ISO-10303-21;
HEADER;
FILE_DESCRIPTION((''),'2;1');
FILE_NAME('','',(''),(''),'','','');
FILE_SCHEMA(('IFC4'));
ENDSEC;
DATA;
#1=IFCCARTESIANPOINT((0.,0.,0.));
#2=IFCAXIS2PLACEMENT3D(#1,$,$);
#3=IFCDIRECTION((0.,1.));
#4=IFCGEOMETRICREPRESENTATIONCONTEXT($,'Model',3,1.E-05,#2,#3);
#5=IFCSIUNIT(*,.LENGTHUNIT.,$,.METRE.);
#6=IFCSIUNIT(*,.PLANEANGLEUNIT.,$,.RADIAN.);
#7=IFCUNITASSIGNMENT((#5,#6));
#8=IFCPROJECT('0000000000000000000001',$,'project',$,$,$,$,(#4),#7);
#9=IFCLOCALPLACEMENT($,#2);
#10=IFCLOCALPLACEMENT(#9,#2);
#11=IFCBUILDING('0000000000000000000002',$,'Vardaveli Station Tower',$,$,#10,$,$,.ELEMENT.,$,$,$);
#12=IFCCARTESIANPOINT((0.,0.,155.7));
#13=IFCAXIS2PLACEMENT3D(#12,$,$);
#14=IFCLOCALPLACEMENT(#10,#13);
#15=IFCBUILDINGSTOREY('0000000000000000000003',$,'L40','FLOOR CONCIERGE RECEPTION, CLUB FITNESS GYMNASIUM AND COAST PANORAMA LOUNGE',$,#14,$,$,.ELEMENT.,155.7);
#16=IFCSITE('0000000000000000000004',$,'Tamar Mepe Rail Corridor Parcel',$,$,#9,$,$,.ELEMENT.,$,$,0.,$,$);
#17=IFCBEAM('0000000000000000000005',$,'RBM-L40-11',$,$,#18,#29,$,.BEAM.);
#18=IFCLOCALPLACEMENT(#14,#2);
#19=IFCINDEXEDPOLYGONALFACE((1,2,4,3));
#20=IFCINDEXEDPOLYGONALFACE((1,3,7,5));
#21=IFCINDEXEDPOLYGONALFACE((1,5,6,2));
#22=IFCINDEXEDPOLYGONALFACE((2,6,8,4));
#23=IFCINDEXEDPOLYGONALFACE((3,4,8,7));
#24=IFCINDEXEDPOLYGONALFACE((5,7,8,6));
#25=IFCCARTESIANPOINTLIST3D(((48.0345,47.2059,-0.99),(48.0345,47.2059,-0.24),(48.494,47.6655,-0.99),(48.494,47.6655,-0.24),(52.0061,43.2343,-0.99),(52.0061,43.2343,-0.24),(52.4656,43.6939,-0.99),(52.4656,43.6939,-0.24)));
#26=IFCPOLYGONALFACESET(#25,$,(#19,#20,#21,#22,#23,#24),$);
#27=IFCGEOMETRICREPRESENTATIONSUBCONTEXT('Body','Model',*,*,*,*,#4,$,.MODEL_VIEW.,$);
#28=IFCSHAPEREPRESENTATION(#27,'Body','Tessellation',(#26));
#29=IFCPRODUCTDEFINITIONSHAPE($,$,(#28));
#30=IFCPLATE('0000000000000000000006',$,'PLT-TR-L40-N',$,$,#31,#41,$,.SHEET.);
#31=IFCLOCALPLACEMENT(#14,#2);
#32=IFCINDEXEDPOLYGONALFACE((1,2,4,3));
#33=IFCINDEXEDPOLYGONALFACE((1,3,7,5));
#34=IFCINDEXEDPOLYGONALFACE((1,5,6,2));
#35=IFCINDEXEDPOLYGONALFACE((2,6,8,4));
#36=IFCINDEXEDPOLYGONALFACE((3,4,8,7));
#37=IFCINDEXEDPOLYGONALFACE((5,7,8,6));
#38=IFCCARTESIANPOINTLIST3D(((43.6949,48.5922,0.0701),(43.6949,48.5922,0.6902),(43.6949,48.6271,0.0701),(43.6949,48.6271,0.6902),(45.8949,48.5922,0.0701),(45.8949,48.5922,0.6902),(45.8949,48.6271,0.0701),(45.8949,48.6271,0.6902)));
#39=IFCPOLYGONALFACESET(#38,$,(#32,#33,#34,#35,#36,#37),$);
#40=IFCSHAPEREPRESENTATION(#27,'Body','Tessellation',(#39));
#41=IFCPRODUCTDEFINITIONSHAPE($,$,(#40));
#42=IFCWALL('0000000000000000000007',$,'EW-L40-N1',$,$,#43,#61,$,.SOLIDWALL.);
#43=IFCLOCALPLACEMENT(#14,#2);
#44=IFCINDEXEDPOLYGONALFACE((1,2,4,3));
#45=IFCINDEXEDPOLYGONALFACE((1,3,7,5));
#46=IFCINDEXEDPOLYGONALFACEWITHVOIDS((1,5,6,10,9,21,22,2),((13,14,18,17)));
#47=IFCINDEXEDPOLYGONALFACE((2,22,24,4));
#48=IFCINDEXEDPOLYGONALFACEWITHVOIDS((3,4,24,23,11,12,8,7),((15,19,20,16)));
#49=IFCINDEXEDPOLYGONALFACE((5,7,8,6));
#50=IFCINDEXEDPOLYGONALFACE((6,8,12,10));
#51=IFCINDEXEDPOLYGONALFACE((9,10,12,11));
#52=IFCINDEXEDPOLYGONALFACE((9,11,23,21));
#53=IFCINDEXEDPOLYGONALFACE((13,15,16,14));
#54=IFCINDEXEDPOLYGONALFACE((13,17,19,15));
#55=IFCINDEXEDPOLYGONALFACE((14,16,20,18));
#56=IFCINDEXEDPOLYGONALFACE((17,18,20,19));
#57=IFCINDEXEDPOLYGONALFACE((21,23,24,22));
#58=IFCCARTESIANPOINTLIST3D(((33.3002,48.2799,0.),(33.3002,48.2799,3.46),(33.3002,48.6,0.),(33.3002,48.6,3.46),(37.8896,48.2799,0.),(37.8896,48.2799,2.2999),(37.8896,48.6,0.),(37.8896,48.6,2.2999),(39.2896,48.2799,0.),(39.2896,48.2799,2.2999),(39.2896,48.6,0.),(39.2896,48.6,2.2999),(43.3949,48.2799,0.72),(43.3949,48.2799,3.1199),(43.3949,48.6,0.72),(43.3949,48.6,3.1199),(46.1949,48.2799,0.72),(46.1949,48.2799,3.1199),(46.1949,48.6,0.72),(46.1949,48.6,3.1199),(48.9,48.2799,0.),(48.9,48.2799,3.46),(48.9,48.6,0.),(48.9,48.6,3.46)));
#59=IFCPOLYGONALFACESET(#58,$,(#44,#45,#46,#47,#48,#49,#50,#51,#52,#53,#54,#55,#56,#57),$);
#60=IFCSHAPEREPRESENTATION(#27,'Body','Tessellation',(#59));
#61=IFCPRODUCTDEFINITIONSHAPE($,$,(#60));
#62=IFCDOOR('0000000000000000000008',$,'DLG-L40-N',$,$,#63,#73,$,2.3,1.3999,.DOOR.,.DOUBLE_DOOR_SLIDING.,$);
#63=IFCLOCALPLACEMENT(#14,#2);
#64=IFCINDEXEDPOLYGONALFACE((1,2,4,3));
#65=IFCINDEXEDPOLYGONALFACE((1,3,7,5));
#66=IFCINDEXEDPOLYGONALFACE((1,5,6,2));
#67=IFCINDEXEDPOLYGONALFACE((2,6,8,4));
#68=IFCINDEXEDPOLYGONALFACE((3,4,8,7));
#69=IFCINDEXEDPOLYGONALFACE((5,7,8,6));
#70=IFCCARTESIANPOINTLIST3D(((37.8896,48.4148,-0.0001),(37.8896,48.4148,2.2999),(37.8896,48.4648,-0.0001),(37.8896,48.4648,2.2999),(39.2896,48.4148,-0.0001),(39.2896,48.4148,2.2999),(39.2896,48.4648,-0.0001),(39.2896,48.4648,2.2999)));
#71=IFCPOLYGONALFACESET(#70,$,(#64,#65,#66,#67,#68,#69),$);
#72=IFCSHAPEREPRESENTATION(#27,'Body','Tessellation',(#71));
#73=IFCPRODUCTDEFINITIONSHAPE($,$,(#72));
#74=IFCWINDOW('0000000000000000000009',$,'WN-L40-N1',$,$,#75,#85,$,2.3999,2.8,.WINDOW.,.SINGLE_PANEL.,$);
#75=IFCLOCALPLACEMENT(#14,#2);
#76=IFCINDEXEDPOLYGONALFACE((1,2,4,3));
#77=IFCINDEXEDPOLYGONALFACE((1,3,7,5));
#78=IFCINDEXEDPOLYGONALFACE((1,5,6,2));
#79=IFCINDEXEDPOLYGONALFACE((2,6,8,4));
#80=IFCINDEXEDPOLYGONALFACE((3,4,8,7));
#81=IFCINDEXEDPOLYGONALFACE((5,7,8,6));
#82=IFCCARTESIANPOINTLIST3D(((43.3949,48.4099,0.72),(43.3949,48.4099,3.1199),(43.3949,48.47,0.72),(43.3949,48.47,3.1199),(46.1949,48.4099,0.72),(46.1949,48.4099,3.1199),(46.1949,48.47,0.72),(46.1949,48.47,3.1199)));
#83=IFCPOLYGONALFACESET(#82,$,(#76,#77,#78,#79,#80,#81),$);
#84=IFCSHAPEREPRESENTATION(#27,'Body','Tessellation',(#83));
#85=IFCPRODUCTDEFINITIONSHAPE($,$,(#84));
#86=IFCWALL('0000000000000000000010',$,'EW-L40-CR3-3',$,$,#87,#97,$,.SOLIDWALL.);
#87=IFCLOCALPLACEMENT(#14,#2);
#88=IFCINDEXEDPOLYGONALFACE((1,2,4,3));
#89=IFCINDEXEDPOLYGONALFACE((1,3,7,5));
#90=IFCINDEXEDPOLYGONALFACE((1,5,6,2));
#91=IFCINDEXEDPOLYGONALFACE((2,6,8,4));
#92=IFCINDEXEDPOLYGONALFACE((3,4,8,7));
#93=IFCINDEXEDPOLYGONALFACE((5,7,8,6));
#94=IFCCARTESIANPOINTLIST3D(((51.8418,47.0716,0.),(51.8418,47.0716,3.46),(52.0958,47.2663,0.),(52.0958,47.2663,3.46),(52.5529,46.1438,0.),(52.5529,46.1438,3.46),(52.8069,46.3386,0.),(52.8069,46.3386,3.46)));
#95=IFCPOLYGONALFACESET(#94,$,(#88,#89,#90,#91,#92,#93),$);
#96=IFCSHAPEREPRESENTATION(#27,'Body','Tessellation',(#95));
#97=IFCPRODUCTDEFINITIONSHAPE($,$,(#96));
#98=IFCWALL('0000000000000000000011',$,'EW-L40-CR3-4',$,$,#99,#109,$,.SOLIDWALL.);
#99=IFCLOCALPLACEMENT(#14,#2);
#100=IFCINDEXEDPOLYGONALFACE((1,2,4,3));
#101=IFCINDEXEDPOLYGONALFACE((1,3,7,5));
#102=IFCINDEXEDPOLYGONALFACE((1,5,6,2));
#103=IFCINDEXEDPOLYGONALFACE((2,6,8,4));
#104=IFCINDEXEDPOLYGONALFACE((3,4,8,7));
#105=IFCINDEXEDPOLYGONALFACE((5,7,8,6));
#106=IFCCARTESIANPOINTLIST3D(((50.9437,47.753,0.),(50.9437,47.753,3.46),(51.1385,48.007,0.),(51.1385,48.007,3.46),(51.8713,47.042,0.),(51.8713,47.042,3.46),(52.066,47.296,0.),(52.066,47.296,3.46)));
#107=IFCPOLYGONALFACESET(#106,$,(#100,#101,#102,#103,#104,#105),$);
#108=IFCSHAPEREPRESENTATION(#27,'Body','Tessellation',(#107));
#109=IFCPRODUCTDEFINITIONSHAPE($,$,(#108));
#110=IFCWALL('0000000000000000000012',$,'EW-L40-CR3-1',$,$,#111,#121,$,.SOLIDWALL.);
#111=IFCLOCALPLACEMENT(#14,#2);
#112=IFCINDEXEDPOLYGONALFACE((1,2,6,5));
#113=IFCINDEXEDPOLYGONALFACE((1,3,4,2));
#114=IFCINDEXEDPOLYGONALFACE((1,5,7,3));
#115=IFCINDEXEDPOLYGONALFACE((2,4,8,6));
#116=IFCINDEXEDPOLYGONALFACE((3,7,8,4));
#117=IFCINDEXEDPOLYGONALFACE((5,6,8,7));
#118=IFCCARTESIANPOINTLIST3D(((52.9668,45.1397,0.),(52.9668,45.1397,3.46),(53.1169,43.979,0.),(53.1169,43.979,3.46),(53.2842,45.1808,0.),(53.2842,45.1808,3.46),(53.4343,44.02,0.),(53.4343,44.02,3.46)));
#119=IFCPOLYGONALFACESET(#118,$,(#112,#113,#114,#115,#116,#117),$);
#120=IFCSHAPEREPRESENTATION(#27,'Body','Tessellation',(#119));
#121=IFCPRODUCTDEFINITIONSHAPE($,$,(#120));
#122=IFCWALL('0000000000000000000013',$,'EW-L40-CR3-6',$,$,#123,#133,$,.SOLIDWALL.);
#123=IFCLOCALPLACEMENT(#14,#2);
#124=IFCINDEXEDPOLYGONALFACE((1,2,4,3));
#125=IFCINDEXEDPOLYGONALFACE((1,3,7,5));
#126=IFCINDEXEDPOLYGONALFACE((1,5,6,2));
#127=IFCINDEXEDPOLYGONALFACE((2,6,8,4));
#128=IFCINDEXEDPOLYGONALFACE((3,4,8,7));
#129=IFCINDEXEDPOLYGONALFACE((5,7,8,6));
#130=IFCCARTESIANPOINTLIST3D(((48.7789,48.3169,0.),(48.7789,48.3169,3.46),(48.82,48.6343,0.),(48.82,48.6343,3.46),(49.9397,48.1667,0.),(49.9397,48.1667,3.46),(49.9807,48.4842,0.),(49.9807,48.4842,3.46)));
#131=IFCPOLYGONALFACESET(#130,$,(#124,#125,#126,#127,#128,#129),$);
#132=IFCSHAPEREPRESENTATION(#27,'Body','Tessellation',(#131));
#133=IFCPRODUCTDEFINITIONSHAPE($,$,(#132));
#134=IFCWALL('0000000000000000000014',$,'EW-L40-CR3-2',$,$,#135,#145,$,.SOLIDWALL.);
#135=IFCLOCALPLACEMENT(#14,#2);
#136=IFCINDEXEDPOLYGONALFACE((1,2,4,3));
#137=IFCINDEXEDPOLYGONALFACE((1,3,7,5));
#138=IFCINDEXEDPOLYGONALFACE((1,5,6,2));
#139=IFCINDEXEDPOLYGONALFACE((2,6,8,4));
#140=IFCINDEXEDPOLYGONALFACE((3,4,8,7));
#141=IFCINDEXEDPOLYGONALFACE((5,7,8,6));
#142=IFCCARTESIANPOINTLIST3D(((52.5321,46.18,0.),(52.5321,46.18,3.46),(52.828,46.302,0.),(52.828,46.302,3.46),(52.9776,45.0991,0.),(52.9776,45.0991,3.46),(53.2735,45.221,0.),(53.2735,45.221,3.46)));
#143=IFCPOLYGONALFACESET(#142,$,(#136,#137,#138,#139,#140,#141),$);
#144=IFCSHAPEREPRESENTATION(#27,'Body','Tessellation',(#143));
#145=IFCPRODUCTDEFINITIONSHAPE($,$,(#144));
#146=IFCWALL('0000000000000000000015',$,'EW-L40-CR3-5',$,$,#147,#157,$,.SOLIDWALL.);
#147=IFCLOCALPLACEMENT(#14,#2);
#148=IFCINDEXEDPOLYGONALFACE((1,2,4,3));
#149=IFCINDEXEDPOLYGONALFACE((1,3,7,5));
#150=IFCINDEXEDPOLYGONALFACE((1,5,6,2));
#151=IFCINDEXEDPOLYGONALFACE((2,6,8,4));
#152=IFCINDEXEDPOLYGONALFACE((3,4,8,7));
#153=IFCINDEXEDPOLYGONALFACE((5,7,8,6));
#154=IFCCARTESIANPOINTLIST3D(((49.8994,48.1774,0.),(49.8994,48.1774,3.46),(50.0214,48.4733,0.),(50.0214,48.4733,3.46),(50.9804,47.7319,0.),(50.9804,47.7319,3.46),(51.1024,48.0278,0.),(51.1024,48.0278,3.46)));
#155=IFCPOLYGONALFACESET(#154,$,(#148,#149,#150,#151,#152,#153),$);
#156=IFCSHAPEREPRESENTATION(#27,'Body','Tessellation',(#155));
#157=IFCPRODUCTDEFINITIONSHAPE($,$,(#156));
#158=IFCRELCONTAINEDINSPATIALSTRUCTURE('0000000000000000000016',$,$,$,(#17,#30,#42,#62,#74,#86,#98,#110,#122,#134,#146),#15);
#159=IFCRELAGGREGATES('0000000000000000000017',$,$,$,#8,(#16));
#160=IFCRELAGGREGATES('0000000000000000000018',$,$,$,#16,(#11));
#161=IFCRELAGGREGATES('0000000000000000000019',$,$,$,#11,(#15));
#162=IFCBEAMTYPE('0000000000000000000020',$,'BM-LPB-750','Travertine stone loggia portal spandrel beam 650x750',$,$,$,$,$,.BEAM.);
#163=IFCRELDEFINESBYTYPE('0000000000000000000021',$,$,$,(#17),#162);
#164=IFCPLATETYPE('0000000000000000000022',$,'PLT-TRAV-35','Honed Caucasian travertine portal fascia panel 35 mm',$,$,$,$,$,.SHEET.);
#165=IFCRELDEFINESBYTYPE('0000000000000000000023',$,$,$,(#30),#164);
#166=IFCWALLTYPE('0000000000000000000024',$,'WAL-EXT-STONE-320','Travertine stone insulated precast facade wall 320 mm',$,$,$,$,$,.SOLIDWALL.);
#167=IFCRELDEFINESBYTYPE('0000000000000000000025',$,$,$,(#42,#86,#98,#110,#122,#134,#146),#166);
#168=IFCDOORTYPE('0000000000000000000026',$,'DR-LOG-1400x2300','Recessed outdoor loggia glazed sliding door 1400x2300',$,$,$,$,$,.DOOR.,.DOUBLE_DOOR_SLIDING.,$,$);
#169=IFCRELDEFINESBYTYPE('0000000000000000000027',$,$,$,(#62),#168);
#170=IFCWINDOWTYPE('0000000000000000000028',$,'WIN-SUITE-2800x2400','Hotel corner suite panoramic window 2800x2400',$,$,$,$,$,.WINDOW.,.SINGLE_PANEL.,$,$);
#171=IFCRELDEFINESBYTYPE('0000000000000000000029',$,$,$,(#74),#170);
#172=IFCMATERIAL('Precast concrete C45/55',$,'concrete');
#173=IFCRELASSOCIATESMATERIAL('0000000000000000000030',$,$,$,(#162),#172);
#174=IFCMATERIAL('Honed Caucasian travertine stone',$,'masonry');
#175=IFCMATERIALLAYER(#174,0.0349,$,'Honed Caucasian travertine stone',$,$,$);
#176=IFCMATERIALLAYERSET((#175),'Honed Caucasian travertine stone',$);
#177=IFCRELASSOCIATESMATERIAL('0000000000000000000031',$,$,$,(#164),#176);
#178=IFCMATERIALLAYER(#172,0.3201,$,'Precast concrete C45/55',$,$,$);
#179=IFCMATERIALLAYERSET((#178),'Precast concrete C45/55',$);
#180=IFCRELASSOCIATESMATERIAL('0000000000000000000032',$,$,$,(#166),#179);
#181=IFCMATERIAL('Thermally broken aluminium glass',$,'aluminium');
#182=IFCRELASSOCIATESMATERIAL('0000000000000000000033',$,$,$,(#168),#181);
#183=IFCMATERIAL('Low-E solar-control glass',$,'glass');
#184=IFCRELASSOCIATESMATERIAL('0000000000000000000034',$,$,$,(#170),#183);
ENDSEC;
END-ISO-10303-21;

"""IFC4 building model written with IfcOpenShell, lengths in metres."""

from ifc_helpers import new_model, si_unit, direction, frame, frame_2d, origin, origin_2d, place, context, subcontext, project, spatial, rectangle, extrude, source, transform, mapped, material, layer, layer_set, material_profile, profile_set, type_object, element, fill, save


model = new_model("IFC4")

# Units and contexts
model_context = context("Model", 3, precision=1e-05, world=origin(), true_north=direction((0.0, 1.0)))
body_context = subcontext(model_context, "Body", "Model", "MODEL_VIEW")
ifc_project = project(units=[si_unit("LENGTHUNIT", "METRE"), si_unit("PLANEANGLEUNIT", "RADIAN")], contexts=[model_context])

# Site, building, storey
site_placement = place(None, origin())
site = spatial("IfcSite", under=ifc_project, at=site_placement, Name="Tamar Mepe Rail Corridor Parcel", CompositionType="ELEMENT", RefElevation=0.0)
building_placement = place(site_placement, origin())
building = spatial("IfcBuilding", under=site, at=building_placement, Name="Vardaveli Station Tower", CompositionType="ELEMENT")
storey_placement = place(building_placement, frame((0.0, 0.0, 155.7)))
storey = spatial("IfcBuildingStorey", under=building, at=storey_placement, Name="L40", Description="FLOOR CONCIERGE RECEPTION, CLUB FITNESS GYMNASIUM AND COAST PANORAMA LOUNGE", CompositionType="ELEMENT", Elevation=155.7)

# Beam
ifc_material_1 = material(Name="Precast concrete C45/55", Category="concrete")
ifc_material_profile_1 = material_profile(ifc_material_1, rectangle(XDim=0.6499, YDim=0.75, at=origin_2d()), Name="LPB 650x750")
ifc_profile_set_1 = profile_set([ifc_material_profile_1], Name="Precast concrete C45/55")
beam_type = type_object("IfcBeamType", Name="BM-LPB-750", Description="Travertine stone loggia portal spandrel beam 650x750", PredefinedType="BEAM", material=ifc_profile_set_1)
shared_shape_1 = source(origin(), body_context, "Body", "SweptSolid", [
    extrude(rectangle(XDim=0.6499, YDim=0.75, at=origin_2d()), origin(), (0.0, 0.0, 1.0), 5.6167),
])
beam_placement = place(storey_placement, frame((52.2358, 43.4641, -0.615), z_axis=(-0.707107, 0.707107, 0.0), x_axis=(-0.707107, -0.707107, 0.0)))
element("IfcBeam", 1, at=beam_placement, inside=storey, type_object=beam_type, Name="RBM-L40-11", PredefinedType="BEAM", context=body_context, shape_type="MappedRepresentation", body=[
    mapped(shared_shape_1, transform((0.0, 0.0, 0.0), scale=1.0)),
])

# Plate
ifc_material_2 = material(Name="Honed Caucasian travertine stone", Category="masonry")
ifc_layer_1 = layer(ifc_material_2, 0.0349, Name="Honed Caucasian travertine stone")
ifc_layer_set_1 = layer_set([ifc_layer_1], Name="Honed Caucasian travertine stone")
plate_type = type_object("IfcPlateType", Name="PLT-TRAV-35", Description="Honed Caucasian travertine portal fascia panel 35 mm", PredefinedType="SHEET", material=ifc_layer_set_1)
shared_shape_2 = source(origin(), body_context, "Body", "SweptSolid", [
    extrude(rectangle(XDim=2.2, YDim=0.0349, at=origin_2d()), origin(), (0.0, 0.0, 1.0), 0.6201),
])
plate_placement = place(storey_placement, frame((44.7949, 48.6096, 0.0701), z_axis=(0.0, 0.0, 1.0), x_axis=(1.0, 0.0, 0.0)))
element("IfcPlate", 2, at=plate_placement, inside=storey, type_object=plate_type, Name="PLT-TR-L40-N", PredefinedType="SHEET", context=body_context, shape_type="MappedRepresentation", body=[
    mapped(shared_shape_2, transform((0.0, 0.0, 0.0), scale=1.0)),
])

# Wall, openings, door, window
ifc_layer_2 = layer(ifc_material_1, 0.3201, Name="Precast concrete C45/55")
ifc_layer_set_2 = layer_set([ifc_layer_2], Name="Precast concrete C45/55")
wall_type_1 = type_object("IfcWallType", Name="WAL-EXT-STONE-320", Description="Travertine stone insulated precast facade wall 320 mm", PredefinedType="SOLIDWALL", material=ifc_layer_set_2)
shared_shape_3 = source(origin(), body_context, "Body", "SweptSolid", [
    extrude(rectangle(XDim=15.5999, YDim=0.3201, at=frame_2d((7.7998, 0.0))), origin(), (0.0, 0.0, 1.0), 3.46),
])
wall_1_placement = place(storey_placement, frame((48.8999, 48.4399, 0.0), z_axis=(0.0, 0.0, 1.0), x_axis=(-1.0, 0.0, 0.0)))
wall_1 = element("IfcWall", 3, at=wall_1_placement, inside=storey, type_object=wall_type_1, Name="EW-L40-N1", PredefinedType="SOLIDWALL", context=body_context, shape_type="MappedRepresentation", body=[
    mapped(shared_shape_3, transform((0.0, 0.0, 0.0), scale=1.0)),
])
shared_shape_4 = source(origin(), body_context, "Body", "SweptSolid", [
    extrude(rectangle(XDim=1.3999, YDim=2.3, at=frame_2d((0.7, 1.1499))), frame((0.0, 0.1699, 0.0), z_axis=(0.0, -1.0, 0.0), x_axis=(1.0, 0.0, 0.0)), (0.0, 0.0, 1.0), 0.3401),
])
opening_1_placement = place(wall_1_placement, frame((9.6104, 0.0, 0.0)))
opening_1 = element("IfcOpeningElement", 4, at=opening_1_placement, cuts=wall_1, PredefinedType="OPENING", context=body_context, shape_type="MappedRepresentation", body=[
    mapped(shared_shape_4, transform((0.0, 0.0, 0.0), scale=1.0)),
])
shared_shape_5 = source(origin(), body_context, "Body", "SweptSolid", [
    extrude(rectangle(XDim=2.8, YDim=2.3999, at=frame_2d((1.3999, 1.2))), frame((0.0, 0.1699, 0.0), z_axis=(0.0, -1.0, 0.0), x_axis=(1.0, 0.0, 0.0)), (0.0, 0.0, 1.0), 0.3401),
])
opening_2_placement = place(wall_1_placement, frame((2.7051, 0.0, 0.72)))
opening_2 = element("IfcOpeningElement", 5, at=opening_2_placement, cuts=wall_1, PredefinedType="OPENING", context=body_context, shape_type="MappedRepresentation", body=[
    mapped(shared_shape_5, transform((0.0, 0.0, 0.0), scale=1.0)),
])
ifc_material_3 = material(Name="Thermally broken aluminium glass", Category="aluminium")
door_type = type_object("IfcDoorType", Name="DR-LOG-1400x2300", Description="Recessed outdoor loggia glazed sliding door 1400x2300", OperationType="DOUBLE_DOOR_SLIDING", PredefinedType="DOOR", material=ifc_material_3)
shared_shape_6 = source(origin(), body_context, "Body", "SweptSolid", [
    extrude(rectangle(XDim=1.3999, YDim=2.3, at=frame_2d((0.7, 1.1499))), frame((0.0, 0.0249, 0.0), z_axis=(0.0, -1.0, 0.0), x_axis=(1.0, 0.0, 0.0)), (0.0, 0.0, 1.0), 0.05),
])
door_placement = place(opening_1_placement, frame((1.3999, 0.0, 0.0), z_axis=(0.0, 0.0, 1.0), x_axis=(-1.0, 0.0, 0.0)))
door = element("IfcDoor", 6, at=door_placement, inside=storey, type_object=door_type, Name="DLG-L40-N", OperationType="DOUBLE_DOOR_SLIDING", OverallHeight=2.3, OverallWidth=1.3999, PredefinedType="DOOR", context=body_context, shape_type="MappedRepresentation", body=[
    mapped(shared_shape_6, transform((0.0, 0.0, 0.0), scale=1.0)),
])
fill(opening_1, door)
ifc_material_4 = material(Name="Low-E solar-control glass", Category="glass")
window_type = type_object("IfcWindowType", Name="WIN-SUITE-2800x2400", Description="Hotel corner suite panoramic window 2800x2400", PartitioningType="SINGLE_PANEL", PredefinedType="WINDOW", material=ifc_material_4)
shared_shape_7 = source(origin(), body_context, "Body", "SweptSolid", [
    extrude(rectangle(XDim=2.8, YDim=2.3999, at=frame_2d((1.3999, 1.2))), frame((0.0, 0.03, 0.0), z_axis=(0.0, -1.0, 0.0), x_axis=(1.0, 0.0, 0.0)), (0.0, 0.0, 1.0), 0.0601),
])
window_placement = place(opening_2_placement, origin())
window = element("IfcWindow", 7, at=window_placement, inside=storey, type_object=window_type, Name="WN-L40-N1", OverallHeight=2.3999, OverallWidth=2.8, PartitioningType="SINGLE_PANEL", PredefinedType="WINDOW", context=body_context, shape_type="MappedRepresentation", body=[
    mapped(shared_shape_7, transform((0.0, 0.0, 0.0), scale=1.0)),
])
fill(opening_2, window)

# Walls
shared_shape_8 = source(origin(), body_context, "Body", "SweptSolid", [
    extrude(rectangle(XDim=1.1689, YDim=0.3201, at=frame_2d((0.5845, 0.0))), origin(), (0.0, 0.0, 1.0), 3.46),
])
wall_2_placement = place(storey_placement, frame((52.6799, 46.2412, 0.0), z_axis=(0.0, 0.0, 1.0), x_axis=(-0.608388, 0.79364, 0.0)))
element("IfcWall", 8, at=wall_2_placement, inside=storey, type_object=wall_type_1, Name="EW-L40-CR3-3", PredefinedType="SOLIDWALL", context=body_context, shape_type="MappedRepresentation", body=[
    mapped(shared_shape_8, transform((0.0, 0.0, 0.0), scale=1.0)),
])
shared_shape_9 = source(origin(), body_context, "Body", "SweptSolid", [
    extrude(rectangle(XDim=1.1687, YDim=0.3201, at=frame_2d((0.5845, 0.0))), origin(), (0.0, 0.0, 1.0), 3.46),
])
wall_3_placement = place(storey_placement, frame((51.9688, 47.1689, 0.0), z_axis=(0.0, 0.0, 1.0), x_axis=(-0.793664, 0.608357, 0.0)))
element("IfcWall", 9, at=wall_3_placement, inside=storey, type_object=wall_type_1, Name="EW-L40-CR3-4", PredefinedType="SOLIDWALL", context=body_context, shape_type="MappedRepresentation", body=[
    mapped(shared_shape_9, transform((0.0, 0.0, 0.0), scale=1.0)),
])
shared_shape_10 = source(origin(), body_context, "Body", "SweptSolid", [
    extrude(rectangle(XDim=1.1704, YDim=0.3201, at=frame_2d((0.5852, 0.0))), origin(), (0.0, 0.0, 1.0), 3.46),
])
for number, where, z_axis, x_axis, name in (
    (10, (53.2756, 43.9995, 0.0), (0.0, 0.0, 1.0), (-0.128296, 0.991736, 0.0), "EW-L40-CR3-1"),
    (11, (49.9602, 48.3254, 0.0), (0.0, 0.0, 1.0), (-0.991736, 0.128296, 0.0), "EW-L40-CR3-6"),
):
    element("IfcWall", number, at=place(storey_placement, frame(where, z_axis=z_axis, x_axis=x_axis)), inside=storey, type_object=wall_type_1, Name=name, PredefinedType="SOLIDWALL", context=body_context, shape_type="MappedRepresentation", body=[
        mapped(shared_shape_10, transform((0.0, 0.0, 0.0), scale=1.0)),
    ])
shared_shape_11 = source(origin(), body_context, "Body", "SweptSolid", [
    extrude(rectangle(XDim=1.1692, YDim=0.3201, at=frame_2d((0.5845, 0.0))), origin(), (0.0, 0.0, 1.0), 3.46),
])
for number, where, z_axis, x_axis, name in (
    (12, (53.1255, 45.1602, 0.0), (0.0, 0.0, 1.0), (-0.381054, 0.924553, 0.0), "EW-L40-CR3-2"),
    (13, (51.0413, 47.8799, 0.0), (0.0, 0.0, 1.0), (-0.924553, 0.381054, 0.0), "EW-L40-CR3-5"),
):
    element("IfcWall", number, at=place(storey_placement, frame(where, z_axis=z_axis, x_axis=x_axis)), inside=storey, type_object=wall_type_1, Name=name, PredefinedType="SOLIDWALL", context=body_context, shape_type="MappedRepresentation", body=[
        mapped(shared_shape_11, transform((0.0, 0.0, 0.0), scale=1.0)),
    ])

save(model, "model.ifc")
